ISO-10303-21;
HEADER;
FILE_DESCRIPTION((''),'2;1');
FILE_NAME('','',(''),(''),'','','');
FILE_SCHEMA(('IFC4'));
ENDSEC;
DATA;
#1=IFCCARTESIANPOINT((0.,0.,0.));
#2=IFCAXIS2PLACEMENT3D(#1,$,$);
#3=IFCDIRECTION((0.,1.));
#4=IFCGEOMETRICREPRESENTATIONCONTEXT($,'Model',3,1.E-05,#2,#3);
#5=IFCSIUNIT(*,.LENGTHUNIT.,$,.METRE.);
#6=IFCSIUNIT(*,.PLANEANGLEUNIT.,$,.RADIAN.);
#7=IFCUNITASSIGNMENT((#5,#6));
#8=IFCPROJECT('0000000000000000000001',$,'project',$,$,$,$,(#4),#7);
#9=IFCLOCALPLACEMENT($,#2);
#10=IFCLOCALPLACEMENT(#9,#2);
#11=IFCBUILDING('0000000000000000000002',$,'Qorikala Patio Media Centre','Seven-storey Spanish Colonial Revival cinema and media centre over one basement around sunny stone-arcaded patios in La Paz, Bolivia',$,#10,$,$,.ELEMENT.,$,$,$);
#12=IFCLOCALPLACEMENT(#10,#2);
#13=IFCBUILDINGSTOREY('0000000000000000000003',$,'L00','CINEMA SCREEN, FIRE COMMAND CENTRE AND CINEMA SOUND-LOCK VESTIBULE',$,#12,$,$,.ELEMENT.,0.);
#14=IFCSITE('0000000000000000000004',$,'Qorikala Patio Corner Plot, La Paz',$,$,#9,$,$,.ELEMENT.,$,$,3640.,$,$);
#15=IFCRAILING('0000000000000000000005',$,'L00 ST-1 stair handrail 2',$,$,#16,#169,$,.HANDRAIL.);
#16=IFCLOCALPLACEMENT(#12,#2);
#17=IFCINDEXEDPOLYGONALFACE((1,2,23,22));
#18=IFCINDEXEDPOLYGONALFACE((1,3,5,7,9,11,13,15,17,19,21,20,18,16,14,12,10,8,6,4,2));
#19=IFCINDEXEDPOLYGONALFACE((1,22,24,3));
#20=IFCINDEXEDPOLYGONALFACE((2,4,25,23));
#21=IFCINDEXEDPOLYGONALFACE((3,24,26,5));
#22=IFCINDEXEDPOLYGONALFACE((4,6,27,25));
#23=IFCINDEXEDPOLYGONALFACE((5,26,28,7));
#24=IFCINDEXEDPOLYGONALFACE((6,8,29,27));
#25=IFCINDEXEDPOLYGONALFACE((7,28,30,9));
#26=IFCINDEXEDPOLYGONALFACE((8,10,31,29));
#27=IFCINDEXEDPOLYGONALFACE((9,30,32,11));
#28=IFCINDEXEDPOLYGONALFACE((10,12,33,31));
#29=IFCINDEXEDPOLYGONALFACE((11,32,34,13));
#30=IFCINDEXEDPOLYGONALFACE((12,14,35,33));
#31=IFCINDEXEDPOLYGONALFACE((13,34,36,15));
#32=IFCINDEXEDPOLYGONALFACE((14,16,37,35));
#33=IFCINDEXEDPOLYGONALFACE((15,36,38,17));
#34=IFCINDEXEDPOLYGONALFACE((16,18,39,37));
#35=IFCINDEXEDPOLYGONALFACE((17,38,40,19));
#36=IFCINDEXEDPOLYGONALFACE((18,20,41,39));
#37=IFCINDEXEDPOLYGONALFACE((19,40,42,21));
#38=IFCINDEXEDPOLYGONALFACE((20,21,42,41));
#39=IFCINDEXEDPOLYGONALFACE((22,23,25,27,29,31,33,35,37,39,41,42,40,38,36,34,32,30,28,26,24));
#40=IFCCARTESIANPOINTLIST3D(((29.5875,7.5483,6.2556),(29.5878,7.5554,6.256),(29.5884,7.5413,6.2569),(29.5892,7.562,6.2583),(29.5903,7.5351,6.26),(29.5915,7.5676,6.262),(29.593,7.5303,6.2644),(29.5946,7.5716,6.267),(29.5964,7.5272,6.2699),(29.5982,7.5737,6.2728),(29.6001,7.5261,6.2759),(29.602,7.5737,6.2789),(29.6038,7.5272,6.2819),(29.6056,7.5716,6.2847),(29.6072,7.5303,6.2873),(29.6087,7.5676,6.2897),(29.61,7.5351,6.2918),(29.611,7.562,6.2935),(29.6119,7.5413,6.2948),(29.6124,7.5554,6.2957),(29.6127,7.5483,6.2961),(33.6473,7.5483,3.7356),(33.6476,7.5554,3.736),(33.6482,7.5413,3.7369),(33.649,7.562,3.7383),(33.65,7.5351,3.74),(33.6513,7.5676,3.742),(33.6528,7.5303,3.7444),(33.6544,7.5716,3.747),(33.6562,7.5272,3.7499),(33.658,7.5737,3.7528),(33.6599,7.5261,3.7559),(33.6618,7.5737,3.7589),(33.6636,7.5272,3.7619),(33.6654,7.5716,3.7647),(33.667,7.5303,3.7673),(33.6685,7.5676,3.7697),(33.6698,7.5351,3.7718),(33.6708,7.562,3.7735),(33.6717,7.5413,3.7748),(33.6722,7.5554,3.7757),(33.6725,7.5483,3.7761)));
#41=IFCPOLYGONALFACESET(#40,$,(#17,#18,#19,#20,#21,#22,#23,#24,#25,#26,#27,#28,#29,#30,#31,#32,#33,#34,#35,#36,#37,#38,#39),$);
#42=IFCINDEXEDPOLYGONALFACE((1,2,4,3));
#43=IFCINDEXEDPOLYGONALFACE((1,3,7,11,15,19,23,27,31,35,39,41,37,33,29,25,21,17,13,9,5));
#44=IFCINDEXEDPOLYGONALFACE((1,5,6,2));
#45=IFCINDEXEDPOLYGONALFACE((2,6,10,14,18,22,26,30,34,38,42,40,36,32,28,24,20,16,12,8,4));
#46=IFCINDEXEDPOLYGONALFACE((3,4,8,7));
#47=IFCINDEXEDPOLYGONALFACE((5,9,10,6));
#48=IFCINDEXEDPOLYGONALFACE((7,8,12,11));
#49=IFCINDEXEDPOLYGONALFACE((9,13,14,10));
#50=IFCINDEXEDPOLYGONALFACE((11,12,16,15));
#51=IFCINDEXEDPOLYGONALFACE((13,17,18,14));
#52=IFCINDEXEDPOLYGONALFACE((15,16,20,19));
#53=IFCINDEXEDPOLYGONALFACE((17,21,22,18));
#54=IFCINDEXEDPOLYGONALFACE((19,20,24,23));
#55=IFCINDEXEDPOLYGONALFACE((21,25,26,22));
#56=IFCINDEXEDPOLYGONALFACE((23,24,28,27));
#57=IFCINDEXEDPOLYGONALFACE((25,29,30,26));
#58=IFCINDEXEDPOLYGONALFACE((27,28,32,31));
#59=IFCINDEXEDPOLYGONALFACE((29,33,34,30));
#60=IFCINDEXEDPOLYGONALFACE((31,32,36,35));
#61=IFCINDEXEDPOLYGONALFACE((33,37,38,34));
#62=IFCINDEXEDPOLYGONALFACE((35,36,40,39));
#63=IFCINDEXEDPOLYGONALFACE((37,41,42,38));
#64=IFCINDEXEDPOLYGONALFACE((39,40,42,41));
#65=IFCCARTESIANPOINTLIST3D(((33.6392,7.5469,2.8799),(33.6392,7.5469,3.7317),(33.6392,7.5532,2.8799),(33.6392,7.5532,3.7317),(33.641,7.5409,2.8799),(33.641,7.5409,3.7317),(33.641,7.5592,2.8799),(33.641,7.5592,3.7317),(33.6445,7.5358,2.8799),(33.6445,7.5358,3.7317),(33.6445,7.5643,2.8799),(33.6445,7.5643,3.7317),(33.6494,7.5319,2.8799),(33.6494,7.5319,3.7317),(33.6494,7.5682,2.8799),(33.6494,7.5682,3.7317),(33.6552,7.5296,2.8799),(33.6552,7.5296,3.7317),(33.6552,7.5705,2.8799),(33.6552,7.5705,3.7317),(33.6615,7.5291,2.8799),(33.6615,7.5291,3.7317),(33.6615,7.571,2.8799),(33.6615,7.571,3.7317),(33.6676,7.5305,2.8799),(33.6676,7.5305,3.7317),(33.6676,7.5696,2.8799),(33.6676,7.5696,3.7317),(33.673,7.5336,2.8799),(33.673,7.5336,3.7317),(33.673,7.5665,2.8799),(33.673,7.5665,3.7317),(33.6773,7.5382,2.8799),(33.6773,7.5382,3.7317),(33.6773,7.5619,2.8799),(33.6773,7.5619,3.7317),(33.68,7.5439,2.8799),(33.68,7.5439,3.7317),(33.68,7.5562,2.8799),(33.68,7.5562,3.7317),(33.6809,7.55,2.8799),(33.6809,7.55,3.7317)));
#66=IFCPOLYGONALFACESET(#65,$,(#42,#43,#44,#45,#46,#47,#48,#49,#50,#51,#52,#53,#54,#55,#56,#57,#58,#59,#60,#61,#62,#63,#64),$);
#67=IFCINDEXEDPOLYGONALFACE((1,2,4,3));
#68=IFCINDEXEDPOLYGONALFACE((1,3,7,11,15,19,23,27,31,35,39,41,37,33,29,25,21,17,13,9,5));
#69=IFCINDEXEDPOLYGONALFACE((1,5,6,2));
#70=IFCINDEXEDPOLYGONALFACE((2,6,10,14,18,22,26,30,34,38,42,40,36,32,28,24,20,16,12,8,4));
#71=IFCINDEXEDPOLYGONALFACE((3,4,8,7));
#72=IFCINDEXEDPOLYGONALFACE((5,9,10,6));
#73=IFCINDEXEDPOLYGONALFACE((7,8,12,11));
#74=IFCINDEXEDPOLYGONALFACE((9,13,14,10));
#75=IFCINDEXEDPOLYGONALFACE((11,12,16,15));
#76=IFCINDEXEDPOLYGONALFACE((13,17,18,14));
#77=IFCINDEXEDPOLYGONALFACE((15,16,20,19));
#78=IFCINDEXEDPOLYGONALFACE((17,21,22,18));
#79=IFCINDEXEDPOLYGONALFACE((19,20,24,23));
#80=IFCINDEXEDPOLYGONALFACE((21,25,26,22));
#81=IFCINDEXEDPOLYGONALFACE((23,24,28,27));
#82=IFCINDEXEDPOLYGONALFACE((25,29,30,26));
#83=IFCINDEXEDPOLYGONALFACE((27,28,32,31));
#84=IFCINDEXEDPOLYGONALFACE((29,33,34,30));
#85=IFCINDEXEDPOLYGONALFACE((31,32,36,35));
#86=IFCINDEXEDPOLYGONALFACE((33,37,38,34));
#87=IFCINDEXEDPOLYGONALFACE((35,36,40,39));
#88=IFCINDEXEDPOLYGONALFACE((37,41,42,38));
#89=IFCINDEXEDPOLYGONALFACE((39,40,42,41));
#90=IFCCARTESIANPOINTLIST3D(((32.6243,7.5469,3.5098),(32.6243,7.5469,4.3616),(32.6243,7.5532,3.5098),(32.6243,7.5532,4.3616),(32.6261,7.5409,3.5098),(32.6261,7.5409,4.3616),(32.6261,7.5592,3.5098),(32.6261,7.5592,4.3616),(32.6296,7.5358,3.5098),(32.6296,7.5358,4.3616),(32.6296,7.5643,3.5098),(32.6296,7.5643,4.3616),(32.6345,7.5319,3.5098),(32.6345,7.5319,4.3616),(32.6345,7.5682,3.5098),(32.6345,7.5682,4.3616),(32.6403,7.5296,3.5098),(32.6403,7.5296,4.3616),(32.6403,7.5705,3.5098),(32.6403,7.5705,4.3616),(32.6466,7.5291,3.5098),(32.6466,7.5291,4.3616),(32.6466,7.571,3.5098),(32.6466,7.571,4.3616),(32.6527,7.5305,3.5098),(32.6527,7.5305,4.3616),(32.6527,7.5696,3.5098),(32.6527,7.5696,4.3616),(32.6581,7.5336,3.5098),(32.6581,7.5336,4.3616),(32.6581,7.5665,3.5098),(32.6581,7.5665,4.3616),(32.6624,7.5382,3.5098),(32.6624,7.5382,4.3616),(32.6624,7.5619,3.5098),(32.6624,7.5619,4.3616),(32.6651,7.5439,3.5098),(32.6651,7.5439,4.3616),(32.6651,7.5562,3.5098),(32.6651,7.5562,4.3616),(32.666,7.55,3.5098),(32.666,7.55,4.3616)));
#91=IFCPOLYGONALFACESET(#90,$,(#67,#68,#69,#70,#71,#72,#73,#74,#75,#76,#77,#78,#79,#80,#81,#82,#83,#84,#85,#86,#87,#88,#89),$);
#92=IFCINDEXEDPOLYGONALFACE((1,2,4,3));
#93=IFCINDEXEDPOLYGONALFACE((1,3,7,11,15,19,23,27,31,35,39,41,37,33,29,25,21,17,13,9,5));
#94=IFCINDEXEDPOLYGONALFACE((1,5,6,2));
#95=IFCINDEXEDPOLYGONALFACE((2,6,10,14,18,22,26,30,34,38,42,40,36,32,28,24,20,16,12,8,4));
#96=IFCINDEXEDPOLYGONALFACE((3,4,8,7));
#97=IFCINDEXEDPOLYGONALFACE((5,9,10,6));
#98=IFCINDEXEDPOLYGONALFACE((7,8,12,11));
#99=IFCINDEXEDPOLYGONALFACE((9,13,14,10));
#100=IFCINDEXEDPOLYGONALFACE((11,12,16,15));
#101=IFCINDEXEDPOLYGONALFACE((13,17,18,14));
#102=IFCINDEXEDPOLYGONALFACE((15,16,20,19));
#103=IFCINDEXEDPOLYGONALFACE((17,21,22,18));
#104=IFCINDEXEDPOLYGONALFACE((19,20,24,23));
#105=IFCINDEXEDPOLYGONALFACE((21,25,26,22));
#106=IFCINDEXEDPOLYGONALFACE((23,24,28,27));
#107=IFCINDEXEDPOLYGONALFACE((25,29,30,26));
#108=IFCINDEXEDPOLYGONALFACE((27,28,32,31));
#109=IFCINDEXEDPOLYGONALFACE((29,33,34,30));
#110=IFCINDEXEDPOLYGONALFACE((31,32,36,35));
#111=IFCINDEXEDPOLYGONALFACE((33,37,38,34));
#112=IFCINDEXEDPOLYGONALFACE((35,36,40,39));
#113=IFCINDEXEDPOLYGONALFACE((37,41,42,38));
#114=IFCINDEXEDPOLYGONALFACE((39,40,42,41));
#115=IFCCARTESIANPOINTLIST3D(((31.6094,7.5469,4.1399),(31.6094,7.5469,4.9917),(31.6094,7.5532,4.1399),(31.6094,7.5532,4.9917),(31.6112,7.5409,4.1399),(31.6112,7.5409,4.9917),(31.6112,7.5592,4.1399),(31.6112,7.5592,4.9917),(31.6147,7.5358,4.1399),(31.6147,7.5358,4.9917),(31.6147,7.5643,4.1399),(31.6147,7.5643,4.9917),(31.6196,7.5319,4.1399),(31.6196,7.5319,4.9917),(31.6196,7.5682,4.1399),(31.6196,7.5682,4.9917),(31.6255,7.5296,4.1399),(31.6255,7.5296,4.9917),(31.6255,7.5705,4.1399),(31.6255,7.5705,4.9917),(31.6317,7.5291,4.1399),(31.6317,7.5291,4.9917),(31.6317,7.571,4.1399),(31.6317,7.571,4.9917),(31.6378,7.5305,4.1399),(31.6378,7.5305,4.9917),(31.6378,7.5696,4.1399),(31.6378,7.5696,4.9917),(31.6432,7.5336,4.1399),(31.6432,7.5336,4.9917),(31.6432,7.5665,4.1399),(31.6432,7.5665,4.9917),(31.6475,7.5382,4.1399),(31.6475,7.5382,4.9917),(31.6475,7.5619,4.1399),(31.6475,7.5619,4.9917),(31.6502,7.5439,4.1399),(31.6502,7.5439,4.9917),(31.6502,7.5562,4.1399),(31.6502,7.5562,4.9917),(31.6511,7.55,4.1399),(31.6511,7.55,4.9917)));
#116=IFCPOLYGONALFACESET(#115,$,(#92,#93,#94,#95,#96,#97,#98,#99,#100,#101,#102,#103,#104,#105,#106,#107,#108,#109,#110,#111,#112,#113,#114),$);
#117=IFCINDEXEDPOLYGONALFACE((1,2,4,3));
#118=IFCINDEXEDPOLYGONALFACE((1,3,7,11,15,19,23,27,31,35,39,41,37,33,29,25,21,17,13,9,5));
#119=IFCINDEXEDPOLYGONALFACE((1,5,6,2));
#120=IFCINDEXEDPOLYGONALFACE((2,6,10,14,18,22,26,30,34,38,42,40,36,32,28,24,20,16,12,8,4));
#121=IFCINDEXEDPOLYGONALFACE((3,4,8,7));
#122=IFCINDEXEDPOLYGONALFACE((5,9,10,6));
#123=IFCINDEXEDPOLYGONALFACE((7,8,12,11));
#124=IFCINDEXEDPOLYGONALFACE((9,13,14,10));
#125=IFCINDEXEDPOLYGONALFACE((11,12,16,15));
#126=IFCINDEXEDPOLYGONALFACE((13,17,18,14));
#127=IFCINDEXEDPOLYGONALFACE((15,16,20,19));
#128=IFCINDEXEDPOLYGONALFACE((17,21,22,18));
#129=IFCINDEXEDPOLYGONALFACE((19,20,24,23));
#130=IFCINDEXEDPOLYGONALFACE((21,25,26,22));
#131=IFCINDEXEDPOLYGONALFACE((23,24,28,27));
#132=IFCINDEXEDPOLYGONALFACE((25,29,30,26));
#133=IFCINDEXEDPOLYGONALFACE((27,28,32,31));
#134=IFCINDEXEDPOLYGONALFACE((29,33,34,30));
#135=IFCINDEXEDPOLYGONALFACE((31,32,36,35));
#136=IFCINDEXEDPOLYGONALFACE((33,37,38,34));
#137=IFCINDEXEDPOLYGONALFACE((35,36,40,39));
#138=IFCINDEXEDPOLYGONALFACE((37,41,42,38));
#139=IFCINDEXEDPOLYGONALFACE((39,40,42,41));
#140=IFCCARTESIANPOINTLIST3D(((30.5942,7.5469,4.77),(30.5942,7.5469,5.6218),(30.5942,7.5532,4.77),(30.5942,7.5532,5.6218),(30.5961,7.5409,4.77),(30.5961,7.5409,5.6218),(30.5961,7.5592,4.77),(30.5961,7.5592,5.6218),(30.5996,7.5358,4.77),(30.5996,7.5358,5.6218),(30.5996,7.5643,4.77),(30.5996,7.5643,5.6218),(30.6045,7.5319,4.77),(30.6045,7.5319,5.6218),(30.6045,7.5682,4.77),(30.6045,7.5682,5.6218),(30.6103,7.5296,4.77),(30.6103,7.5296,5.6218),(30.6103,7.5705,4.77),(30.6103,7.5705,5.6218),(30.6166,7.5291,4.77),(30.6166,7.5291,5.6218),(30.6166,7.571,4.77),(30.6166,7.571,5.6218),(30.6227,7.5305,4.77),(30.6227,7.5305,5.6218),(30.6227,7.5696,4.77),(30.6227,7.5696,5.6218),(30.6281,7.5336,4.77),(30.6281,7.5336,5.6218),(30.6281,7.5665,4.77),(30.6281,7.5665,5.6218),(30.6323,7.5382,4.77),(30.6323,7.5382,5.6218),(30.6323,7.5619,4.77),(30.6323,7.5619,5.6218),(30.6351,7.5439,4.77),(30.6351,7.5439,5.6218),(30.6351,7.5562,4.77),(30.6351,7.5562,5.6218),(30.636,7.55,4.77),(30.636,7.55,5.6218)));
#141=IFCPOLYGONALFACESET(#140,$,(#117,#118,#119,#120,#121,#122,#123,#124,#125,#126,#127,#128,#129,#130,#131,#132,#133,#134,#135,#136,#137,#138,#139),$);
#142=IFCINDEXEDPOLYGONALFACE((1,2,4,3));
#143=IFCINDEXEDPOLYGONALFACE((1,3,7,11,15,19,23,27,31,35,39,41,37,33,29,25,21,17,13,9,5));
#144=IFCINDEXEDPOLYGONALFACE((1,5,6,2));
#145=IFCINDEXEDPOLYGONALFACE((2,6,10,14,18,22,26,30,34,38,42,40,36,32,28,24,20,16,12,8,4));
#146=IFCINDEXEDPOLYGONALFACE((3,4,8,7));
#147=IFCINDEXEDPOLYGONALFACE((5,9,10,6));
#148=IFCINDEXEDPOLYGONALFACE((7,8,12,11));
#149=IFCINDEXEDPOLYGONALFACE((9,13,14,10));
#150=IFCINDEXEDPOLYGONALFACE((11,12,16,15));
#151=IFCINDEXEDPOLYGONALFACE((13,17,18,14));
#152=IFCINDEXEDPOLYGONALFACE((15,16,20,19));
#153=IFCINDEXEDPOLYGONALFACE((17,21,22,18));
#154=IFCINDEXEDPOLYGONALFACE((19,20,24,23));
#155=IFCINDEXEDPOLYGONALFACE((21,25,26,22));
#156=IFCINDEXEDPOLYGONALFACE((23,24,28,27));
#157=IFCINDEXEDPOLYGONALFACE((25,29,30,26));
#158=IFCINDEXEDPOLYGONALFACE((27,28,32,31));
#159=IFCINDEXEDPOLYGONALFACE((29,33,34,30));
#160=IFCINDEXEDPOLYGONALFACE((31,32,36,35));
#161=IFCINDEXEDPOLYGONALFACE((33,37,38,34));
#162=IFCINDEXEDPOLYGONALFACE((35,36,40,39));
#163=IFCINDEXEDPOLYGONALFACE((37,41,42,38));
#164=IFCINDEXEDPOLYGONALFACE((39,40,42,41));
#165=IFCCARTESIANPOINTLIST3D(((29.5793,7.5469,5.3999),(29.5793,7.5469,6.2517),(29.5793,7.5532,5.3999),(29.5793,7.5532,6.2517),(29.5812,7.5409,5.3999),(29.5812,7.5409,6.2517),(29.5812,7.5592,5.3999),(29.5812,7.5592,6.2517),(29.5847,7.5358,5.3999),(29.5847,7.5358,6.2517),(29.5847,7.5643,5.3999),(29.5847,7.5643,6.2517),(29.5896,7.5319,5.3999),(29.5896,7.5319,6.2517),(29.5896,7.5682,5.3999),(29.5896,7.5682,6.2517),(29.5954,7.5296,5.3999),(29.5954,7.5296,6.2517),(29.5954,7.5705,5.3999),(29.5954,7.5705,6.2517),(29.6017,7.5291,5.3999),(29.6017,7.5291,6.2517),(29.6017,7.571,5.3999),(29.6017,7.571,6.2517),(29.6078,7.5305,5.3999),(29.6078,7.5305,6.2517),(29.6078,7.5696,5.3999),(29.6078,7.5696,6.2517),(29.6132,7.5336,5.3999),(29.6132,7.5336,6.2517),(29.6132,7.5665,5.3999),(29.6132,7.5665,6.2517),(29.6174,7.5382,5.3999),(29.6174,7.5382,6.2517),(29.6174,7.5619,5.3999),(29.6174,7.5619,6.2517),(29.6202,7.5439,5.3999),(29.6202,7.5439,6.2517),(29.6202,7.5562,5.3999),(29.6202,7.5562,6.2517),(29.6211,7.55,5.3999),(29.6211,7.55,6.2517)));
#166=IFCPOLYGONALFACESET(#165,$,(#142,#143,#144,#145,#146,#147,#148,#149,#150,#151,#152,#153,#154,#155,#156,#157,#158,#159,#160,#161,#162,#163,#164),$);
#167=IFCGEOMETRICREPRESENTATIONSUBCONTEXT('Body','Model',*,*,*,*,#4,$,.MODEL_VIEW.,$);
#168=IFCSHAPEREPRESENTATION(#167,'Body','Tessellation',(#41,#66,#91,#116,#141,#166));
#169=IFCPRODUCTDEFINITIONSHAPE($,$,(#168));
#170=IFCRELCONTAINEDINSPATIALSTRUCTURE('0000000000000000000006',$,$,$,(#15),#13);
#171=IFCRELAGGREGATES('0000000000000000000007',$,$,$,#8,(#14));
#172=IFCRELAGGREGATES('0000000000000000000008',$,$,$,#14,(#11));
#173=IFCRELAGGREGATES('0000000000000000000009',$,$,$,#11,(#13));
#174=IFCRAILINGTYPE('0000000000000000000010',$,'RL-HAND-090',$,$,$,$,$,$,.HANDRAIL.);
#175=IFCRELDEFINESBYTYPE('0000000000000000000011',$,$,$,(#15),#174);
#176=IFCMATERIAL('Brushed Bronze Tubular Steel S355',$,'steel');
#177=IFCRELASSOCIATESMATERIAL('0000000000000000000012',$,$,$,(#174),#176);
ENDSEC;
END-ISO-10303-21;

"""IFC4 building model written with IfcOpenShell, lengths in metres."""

from ifc_helpers import new_model, si_unit, direction, frame, origin, origin_2d, place, context, subcontext, project, spatial, circle, extrude, material, type_object, element, save


model = new_model("IFC4")

# Units and contexts
model_context = context("Model", 3, precision=1e-05, world=origin(), true_north=direction((0.0, 1.0)))
body_context = subcontext(model_context, "Body", "Model", "MODEL_VIEW")
ifc_project = project(units=[si_unit("LENGTHUNIT", "METRE"), si_unit("PLANEANGLEUNIT", "RADIAN")], contexts=[model_context])

# Site, building, storey
site_placement = place(None, origin())
site = spatial("IfcSite", under=ifc_project, at=site_placement, Name="Qorikala Patio Corner Plot, La Paz", CompositionType="ELEMENT", RefElevation=3640.0)
building_placement = place(site_placement, origin())
building = spatial("IfcBuilding", under=site, at=building_placement, Name="Qorikala Patio Media Centre", Description="Seven-storey Spanish Colonial Revival cinema and media centre over one basement around sunny stone-arcaded patios in La Paz, Bolivia", CompositionType="ELEMENT")
storey_placement = place(building_placement, origin())
storey = spatial("IfcBuildingStorey", under=building, at=storey_placement, Name="L00", Description="CINEMA SCREEN, FIRE COMMAND CENTRE AND CINEMA SOUND-LOCK VESTIBULE", CompositionType="ELEMENT", Elevation=0.0)

# Railing
ifc_material_1 = material(Name="Brushed Bronze Tubular Steel S355", Category="steel")
railing_type_1 = type_object("IfcRailingType", Name="RL-HAND-090", PredefinedType="HANDRAIL", material=ifc_material_1)
railing_1_placement = place(storey_placement, frame((33.6599, 7.55, 2.8799)))
element("IfcRailing", 1, at=railing_1_placement, inside=storey, type_object=railing_type_1, Name="L00 ST-1 stair handrail 2", PredefinedType="HANDRAIL", context=body_context, shape_type="SweptSolid", body=[
    extrude(circle(Radius=0.0239, at=origin_2d()), frame((0.0, 0.0, 0.876), z_axis=(-0.849628, 0.0, 0.527383), x_axis=(0.0, -1.0, 0.0)), (0.0, 0.0, 1.0), 4.7783),
    extrude(circle(Radius=0.021, at=origin_2d()), origin(), (0.0, 0.0, 1.0), 0.8518),
    extrude(circle(Radius=0.021, at=origin_2d()), frame((-1.0149, 0.0, 0.6299)), (0.0, 0.0, 1.0), 0.8518),
    extrude(circle(Radius=0.021, at=origin_2d()), frame((-2.0298, 0.0, 1.26)), (0.0, 0.0, 1.0), 0.8518),
    extrude(circle(Radius=0.021, at=origin_2d()), frame((-3.0449, 0.0, 1.8901)), (0.0, 0.0, 1.0), 0.8518),
    extrude(circle(Radius=0.021, at=origin_2d()), frame((-4.0598, 0.0, 2.52)), (0.0, 0.0, 1.0), 0.8518),
])

save(model, "model.ifc")
